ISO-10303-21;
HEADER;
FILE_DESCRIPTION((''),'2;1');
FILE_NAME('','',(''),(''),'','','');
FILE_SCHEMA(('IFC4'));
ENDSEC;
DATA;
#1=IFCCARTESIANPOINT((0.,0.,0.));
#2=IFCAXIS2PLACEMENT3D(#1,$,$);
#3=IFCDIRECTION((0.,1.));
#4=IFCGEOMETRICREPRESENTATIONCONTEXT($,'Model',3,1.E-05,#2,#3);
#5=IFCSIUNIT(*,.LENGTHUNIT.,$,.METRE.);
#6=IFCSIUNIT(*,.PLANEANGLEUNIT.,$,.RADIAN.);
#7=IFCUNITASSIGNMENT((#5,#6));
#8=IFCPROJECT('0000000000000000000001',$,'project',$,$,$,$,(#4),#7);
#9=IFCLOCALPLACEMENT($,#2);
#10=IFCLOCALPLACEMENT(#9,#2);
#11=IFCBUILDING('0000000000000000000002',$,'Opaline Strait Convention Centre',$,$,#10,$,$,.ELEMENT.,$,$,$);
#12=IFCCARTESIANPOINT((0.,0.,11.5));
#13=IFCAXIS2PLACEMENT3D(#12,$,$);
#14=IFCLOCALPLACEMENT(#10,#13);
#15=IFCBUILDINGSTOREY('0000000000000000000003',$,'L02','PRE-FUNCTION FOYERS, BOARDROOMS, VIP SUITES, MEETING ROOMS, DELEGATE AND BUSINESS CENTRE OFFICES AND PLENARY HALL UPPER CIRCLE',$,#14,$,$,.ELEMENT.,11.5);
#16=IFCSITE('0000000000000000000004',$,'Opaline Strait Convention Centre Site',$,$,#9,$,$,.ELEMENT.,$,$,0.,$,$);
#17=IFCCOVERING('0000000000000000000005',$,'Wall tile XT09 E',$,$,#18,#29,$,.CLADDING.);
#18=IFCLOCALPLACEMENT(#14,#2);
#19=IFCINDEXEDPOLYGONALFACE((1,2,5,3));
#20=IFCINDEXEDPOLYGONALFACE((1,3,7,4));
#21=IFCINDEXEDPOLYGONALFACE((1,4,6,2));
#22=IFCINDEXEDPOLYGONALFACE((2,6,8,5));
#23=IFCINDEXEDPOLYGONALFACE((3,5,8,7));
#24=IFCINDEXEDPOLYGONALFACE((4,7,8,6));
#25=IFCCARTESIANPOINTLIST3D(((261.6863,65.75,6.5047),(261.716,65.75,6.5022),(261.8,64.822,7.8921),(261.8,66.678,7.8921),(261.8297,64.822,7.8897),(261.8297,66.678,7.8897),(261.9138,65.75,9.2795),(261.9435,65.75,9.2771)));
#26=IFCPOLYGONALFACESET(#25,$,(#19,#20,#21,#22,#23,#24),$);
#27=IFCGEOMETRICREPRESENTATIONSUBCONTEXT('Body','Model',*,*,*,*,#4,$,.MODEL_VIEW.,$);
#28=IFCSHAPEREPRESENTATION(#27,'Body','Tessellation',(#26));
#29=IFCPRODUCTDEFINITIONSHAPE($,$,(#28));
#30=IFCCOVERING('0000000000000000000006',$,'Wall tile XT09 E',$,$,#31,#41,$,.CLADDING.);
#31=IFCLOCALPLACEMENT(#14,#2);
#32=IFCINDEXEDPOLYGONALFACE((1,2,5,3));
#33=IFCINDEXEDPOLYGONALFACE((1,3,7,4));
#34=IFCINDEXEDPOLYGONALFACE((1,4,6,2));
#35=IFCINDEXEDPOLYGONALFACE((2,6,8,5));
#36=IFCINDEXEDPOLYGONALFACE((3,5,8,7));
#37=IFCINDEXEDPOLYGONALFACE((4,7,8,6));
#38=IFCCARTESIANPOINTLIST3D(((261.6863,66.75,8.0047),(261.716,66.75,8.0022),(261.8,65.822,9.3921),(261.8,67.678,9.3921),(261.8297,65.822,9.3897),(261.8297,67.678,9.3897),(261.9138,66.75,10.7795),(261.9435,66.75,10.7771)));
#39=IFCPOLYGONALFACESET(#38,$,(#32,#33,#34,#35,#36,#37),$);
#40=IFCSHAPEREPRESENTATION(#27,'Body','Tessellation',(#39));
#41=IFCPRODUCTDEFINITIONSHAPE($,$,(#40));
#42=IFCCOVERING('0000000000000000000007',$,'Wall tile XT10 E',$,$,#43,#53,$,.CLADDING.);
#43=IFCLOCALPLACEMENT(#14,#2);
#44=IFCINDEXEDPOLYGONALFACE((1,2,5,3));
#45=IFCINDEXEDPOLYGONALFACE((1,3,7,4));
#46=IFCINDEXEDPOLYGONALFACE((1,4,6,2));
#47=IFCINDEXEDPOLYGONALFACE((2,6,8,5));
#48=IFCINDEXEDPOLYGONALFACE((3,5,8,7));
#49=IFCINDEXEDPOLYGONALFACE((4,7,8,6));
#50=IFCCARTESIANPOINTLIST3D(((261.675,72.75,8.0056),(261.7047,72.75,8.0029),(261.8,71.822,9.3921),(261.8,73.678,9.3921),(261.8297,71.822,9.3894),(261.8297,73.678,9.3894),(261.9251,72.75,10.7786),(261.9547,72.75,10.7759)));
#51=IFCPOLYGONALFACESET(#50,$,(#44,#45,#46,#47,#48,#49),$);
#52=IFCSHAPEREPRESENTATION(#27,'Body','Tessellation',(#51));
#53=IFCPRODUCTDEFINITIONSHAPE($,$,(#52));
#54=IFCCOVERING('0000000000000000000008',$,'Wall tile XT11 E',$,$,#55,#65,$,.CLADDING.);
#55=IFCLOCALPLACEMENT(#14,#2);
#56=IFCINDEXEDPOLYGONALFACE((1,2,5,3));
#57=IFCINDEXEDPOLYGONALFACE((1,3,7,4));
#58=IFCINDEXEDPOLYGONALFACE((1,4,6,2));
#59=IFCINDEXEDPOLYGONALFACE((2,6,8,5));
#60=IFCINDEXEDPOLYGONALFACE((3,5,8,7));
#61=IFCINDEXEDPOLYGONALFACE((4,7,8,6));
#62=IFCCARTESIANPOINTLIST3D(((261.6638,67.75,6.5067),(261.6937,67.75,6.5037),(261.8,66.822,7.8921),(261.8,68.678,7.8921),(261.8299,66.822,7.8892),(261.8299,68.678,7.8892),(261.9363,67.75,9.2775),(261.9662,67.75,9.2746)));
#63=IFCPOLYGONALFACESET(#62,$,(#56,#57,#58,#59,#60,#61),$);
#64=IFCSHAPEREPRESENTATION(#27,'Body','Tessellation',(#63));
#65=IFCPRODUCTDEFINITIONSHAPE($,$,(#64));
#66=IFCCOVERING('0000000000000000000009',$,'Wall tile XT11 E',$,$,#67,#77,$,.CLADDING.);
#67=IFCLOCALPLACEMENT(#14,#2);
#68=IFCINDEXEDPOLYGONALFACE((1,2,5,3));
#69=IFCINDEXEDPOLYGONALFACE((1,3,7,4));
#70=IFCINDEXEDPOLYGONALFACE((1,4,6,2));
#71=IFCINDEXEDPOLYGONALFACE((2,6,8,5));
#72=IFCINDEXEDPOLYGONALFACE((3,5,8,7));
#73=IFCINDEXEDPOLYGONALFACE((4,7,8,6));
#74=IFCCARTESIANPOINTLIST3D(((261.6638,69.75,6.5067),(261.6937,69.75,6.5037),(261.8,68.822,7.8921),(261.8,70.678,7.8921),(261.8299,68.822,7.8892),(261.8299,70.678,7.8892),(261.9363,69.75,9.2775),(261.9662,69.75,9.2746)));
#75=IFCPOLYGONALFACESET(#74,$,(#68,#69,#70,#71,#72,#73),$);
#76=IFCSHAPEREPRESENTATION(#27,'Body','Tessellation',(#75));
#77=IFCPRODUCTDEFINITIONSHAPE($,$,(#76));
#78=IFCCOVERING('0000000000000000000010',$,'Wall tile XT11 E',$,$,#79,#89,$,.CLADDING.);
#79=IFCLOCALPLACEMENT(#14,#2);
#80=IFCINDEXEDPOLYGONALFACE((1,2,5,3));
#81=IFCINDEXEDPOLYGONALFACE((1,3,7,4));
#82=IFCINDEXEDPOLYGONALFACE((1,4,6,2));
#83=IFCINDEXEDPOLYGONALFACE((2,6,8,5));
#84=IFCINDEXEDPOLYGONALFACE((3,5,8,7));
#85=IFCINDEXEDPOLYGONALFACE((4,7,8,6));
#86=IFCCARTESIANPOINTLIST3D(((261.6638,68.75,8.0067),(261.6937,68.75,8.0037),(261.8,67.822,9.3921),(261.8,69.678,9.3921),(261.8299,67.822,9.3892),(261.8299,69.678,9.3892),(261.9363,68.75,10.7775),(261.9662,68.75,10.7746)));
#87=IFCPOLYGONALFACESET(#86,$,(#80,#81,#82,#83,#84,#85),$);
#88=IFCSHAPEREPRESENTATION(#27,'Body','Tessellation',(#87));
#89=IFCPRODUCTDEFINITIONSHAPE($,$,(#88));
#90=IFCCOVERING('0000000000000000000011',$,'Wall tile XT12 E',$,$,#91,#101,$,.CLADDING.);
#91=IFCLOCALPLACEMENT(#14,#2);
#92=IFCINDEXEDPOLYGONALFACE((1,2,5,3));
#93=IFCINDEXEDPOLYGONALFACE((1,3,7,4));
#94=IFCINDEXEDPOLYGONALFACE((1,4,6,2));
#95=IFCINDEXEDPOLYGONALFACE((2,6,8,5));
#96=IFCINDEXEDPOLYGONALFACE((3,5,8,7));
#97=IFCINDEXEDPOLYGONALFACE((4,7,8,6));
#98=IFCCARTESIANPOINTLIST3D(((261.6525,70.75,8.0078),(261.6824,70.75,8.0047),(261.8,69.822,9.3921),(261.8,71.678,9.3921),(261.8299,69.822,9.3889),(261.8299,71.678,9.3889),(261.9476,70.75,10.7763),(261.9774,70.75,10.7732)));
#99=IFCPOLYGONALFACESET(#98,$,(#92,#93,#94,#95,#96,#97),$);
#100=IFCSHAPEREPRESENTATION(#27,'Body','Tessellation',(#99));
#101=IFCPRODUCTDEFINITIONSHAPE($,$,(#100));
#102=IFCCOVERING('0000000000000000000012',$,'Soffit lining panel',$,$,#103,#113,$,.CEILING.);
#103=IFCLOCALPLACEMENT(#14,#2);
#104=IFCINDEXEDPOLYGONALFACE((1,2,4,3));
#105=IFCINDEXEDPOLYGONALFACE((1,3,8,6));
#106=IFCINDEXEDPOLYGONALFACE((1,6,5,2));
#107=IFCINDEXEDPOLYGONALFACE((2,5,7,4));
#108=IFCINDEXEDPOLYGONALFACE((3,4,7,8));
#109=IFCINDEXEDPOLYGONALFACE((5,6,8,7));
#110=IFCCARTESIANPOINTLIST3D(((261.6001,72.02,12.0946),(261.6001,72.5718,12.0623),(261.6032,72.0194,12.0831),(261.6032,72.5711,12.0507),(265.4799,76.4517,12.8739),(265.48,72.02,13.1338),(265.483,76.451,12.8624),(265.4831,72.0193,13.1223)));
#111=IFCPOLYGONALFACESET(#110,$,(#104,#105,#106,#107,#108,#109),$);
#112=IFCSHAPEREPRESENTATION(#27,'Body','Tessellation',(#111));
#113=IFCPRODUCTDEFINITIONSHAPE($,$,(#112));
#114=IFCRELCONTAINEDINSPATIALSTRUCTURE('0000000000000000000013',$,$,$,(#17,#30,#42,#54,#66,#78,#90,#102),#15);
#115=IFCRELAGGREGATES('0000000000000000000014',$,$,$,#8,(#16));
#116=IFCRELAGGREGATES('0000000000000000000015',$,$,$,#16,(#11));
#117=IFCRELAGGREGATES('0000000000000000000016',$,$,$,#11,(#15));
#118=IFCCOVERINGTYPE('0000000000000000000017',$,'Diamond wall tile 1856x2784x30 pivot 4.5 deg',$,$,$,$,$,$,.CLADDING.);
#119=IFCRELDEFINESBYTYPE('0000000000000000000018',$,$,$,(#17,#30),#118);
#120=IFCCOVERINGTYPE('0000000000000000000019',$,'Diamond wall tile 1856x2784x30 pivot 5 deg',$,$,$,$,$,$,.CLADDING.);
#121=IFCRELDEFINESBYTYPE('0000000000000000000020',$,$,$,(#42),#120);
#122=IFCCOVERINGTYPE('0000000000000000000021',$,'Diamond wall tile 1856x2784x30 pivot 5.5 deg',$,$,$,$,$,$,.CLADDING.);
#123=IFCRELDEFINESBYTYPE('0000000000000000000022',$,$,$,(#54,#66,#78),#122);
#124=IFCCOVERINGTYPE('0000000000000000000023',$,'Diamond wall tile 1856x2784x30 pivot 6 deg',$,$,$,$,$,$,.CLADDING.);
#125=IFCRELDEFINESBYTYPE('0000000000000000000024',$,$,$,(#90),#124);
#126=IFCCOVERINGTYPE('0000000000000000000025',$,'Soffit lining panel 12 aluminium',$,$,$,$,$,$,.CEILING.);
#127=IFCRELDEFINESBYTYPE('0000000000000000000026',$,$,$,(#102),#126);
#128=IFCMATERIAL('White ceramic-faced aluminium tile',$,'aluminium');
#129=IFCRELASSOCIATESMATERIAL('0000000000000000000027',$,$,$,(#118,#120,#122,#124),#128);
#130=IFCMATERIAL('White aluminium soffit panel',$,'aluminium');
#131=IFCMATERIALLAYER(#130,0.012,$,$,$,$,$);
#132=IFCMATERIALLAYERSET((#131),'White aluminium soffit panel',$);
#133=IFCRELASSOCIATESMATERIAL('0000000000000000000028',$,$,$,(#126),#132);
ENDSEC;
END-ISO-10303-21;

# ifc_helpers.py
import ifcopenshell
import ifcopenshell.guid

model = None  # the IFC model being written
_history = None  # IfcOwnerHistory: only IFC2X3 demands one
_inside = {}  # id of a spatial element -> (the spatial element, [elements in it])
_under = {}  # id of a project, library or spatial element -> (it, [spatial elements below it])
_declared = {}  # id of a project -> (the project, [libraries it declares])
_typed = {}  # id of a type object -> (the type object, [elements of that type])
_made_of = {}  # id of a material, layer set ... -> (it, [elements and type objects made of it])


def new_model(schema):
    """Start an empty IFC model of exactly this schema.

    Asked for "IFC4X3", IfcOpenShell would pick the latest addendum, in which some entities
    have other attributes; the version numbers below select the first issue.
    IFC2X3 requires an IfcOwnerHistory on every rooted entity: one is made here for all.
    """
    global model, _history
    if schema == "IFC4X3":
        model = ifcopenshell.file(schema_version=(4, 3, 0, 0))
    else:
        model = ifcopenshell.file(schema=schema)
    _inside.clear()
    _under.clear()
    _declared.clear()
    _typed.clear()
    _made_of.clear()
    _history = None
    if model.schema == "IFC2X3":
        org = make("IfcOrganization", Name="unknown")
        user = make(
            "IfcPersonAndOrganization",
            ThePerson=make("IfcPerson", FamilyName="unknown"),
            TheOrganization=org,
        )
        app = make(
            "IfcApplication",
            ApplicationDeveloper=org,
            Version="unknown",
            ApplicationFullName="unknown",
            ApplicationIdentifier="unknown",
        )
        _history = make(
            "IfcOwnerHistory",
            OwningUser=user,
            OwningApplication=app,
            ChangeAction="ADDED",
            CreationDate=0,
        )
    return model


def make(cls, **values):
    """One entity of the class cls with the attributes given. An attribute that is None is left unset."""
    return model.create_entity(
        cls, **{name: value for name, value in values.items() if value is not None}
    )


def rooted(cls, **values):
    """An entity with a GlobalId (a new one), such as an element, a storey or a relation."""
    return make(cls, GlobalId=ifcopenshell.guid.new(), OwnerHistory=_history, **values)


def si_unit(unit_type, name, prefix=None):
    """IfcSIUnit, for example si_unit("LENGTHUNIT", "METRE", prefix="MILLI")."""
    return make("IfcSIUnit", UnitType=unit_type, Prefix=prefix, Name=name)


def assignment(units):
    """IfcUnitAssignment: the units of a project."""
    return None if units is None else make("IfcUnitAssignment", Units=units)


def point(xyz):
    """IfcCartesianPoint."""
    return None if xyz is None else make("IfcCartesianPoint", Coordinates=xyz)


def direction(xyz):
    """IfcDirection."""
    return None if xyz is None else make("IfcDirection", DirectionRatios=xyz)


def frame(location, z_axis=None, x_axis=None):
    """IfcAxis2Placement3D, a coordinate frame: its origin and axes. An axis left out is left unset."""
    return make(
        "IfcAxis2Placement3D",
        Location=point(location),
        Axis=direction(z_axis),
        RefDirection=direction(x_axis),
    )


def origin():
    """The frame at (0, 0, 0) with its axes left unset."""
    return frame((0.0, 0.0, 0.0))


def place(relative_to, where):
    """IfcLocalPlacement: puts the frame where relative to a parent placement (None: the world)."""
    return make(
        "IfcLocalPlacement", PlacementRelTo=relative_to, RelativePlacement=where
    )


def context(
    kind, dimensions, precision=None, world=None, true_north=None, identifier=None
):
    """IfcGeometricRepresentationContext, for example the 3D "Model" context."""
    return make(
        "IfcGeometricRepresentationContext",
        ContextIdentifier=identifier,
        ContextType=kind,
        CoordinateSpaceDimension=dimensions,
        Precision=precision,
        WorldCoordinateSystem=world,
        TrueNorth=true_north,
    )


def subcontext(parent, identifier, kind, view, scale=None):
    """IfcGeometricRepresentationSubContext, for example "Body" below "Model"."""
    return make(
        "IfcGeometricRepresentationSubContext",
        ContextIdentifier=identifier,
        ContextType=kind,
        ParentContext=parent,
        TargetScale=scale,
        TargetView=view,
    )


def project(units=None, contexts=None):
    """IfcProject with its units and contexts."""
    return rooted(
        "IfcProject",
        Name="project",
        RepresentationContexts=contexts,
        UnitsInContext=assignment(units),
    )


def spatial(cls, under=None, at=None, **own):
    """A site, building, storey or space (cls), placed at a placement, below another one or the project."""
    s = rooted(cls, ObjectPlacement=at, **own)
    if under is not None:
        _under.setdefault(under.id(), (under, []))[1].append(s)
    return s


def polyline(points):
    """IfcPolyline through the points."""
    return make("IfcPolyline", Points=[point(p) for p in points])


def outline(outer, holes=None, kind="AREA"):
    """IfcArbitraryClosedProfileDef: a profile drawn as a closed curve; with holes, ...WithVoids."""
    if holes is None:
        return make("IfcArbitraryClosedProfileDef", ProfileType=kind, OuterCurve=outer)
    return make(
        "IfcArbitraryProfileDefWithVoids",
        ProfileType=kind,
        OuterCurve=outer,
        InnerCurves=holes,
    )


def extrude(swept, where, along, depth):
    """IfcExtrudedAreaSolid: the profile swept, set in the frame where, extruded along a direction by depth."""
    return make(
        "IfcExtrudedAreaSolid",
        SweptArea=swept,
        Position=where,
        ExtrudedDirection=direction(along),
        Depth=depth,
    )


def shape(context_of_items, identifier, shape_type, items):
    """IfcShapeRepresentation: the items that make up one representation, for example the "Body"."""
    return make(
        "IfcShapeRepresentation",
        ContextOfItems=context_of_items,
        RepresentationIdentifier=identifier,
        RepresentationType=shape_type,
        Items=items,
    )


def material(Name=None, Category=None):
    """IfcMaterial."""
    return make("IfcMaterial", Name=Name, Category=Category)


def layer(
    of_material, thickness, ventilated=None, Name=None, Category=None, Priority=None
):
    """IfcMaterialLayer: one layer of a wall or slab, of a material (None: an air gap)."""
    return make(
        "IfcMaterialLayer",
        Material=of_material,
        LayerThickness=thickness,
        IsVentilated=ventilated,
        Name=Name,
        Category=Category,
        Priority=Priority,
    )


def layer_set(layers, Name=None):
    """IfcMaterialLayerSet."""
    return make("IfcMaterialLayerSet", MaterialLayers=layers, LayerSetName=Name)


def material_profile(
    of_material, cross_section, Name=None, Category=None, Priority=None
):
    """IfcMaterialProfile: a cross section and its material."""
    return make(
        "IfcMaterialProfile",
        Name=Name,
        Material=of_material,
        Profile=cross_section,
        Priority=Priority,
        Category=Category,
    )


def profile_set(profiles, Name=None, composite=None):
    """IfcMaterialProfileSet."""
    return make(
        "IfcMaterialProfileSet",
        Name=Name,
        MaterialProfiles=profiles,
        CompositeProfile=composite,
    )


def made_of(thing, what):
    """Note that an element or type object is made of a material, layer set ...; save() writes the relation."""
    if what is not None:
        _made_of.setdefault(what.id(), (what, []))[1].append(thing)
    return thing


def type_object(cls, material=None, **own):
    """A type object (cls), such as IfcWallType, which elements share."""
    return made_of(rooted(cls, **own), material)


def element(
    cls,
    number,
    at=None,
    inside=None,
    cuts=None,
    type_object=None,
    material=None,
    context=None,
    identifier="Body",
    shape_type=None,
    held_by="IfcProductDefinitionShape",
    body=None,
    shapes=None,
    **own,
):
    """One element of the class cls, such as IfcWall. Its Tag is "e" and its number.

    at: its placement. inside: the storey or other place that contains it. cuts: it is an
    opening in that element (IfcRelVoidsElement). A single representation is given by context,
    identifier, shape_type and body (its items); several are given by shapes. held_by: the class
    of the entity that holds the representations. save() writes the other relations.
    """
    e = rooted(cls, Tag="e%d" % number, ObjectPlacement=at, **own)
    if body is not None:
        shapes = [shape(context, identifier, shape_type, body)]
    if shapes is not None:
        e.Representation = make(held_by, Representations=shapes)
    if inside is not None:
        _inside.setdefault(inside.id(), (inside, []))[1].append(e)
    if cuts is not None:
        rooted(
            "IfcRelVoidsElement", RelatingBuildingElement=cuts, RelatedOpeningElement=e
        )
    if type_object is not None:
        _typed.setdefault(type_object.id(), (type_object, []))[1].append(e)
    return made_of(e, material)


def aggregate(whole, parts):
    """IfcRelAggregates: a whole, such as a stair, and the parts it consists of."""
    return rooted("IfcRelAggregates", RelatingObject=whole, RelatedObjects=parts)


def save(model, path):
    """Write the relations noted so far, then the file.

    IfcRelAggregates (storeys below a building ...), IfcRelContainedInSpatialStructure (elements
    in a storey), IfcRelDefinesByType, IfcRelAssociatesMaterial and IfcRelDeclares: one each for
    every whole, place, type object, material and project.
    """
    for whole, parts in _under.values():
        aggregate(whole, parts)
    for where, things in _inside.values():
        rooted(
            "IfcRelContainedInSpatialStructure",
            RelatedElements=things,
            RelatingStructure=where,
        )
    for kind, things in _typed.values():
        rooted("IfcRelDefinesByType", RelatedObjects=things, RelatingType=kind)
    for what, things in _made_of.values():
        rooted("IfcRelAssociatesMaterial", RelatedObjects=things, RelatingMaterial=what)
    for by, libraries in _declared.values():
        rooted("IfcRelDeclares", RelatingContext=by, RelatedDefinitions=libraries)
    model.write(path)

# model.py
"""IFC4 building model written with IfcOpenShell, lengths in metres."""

from ifc_helpers import new_model, si_unit, direction, frame, origin, place, context, subcontext, project, spatial, polyline, outline, extrude, material, layer, layer_set, material_profile, profile_set, type_object, element, save


model = new_model("IFC4")

# Units and contexts
model_context = context("Model", 3, precision=1e-05, world=origin(), true_north=direction((0.0, 1.0)))
body_context = subcontext(model_context, "Body", "Model", "MODEL_VIEW")
ifc_project = project(units=[si_unit("LENGTHUNIT", "METRE"), si_unit("PLANEANGLEUNIT", "RADIAN")], contexts=[model_context])

# Site, building, storey
site_placement = place(None, origin())
site = spatial("IfcSite", under=ifc_project, at=site_placement, Name="Opaline Strait Convention Centre Site", CompositionType="ELEMENT", RefElevation=0.0)
building_placement = place(site_placement, origin())
building = spatial("IfcBuilding", under=site, at=building_placement, Name="Opaline Strait Convention Centre", CompositionType="ELEMENT")
storey_placement = place(building_placement, frame((0.0, 0.0, 11.5)))
storey = spatial("IfcBuildingStorey", under=building, at=storey_placement, Name="L02", Description="PRE-FUNCTION FOYERS, BOARDROOMS, VIP SUITES, MEETING ROOMS, DELEGATE AND BUSINESS CENTRE OFFICES AND PLENARY HALL UPPER CIRCLE", CompositionType="ELEMENT", Elevation=11.5)

# Coverings
ifc_material_1 = material(Name="White ceramic-faced aluminium tile", Category="aluminium")
ifc_material_profile_1 = material_profile(ifc_material_1, outline(polyline([(0.928, 0.0), (0.0, 1.3921), (-0.928, 0.0), (0.0, -1.3921), (0.928, 0.0)])), Name="Diamond tile 1856x2784")
ifc_profile_set_1 = profile_set([ifc_material_profile_1], Name="White ceramic-faced aluminium tile")
covering_type_1 = type_object("IfcCoveringType", Name="Diamond wall tile 1856x2784x30 pivot 4.5 deg", PredefinedType="CLADDING", material=ifc_profile_set_1)
for number, where, z_axis, x_axis, name in (
    (1, (261.8, 65.75, 7.8921), (0.996658, 0.0, -0.081693), (0.0, 1.0, 0.0), "Wall tile XT09 E"),
    (2, (261.8, 66.75, 9.3921), (0.996658, 0.0, -0.081693), (0.0, 1.0, 0.0), "Wall tile XT09 E"),
):
    element("IfcCovering", number, at=place(storey_placement, frame(where, z_axis=z_axis, x_axis=x_axis)), inside=storey, type_object=covering_type_1, Name=name, PredefinedType="CLADDING", context=body_context, shape_type="SweptSolid", body=[
        extrude(outline(polyline([(0.928, 0.0), (0.0, 1.3921), (-0.928, 0.0), (0.0, -1.3921), (0.928, 0.0)])), origin(), (0.0, 0.0, 1.0), 0.0298),
    ])
ifc_material_profile_2 = material_profile(ifc_material_1, outline(polyline([(0.928, 0.0), (0.0, 1.3921), (-0.928, 0.0), (0.0, -1.3921), (0.928, 0.0)])), Name="Diamond tile 1856x2784")
ifc_profile_set_2 = profile_set([ifc_material_profile_2], Name="White ceramic-faced aluminium tile")
covering_type_2 = type_object("IfcCoveringType", Name="Diamond wall tile 1856x2784x30 pivot 5 deg", PredefinedType="CLADDING", material=ifc_profile_set_2)
covering_1_placement = place(storey_placement, frame((261.8, 72.75, 9.3921), z_axis=(0.99596, 0.0, -0.0898), x_axis=(0.0, 1.0, 0.0)))
element("IfcCovering", 3, at=covering_1_placement, inside=storey, type_object=covering_type_2, Name="Wall tile XT10 E", PredefinedType="CLADDING", context=body_context, shape_type="SweptSolid", body=[
    extrude(outline(polyline([(0.928, 0.0), (0.0, 1.3921), (-0.928, 0.0), (0.0, -1.3921), (0.928, 0.0)])), origin(), (0.0, 0.0, 1.0), 0.0298),
])
ifc_material_profile_3 = material_profile(ifc_material_1, outline(polyline([(0.928, 0.0), (0.0, 1.3921), (-0.928, 0.0), (0.0, -1.3921), (0.928, 0.0)])), Name="Diamond tile 1856x2784")
ifc_profile_set_3 = profile_set([ifc_material_profile_3], Name="White ceramic-faced aluminium tile")
covering_type_3 = type_object("IfcCoveringType", Name="Diamond wall tile 1856x2784x30 pivot 5.5 deg", PredefinedType="CLADDING", material=ifc_profile_set_3)
for number, where, z_axis, x_axis, name in (
    (4, (261.8, 67.75, 7.8921), (0.995197, 0.0, -0.097888), (0.0, 1.0, 0.0), "Wall tile XT11 E"),
    (5, (261.8, 69.75, 7.8921), (0.995197, 0.0, -0.097888), (0.0, 1.0, 0.0), "Wall tile XT11 E"),
    (6, (261.8, 68.75, 9.3921), (0.995197, 0.0, -0.097888), (0.0, 1.0, 0.0), "Wall tile XT11 E"),
):
    element("IfcCovering", number, at=place(storey_placement, frame(where, z_axis=z_axis, x_axis=x_axis)), inside=storey, type_object=covering_type_3, Name=name, PredefinedType="CLADDING", context=body_context, shape_type="SweptSolid", body=[
        extrude(outline(polyline([(0.928, 0.0), (0.0, 1.3921), (-0.928, 0.0), (0.0, -1.3921), (0.928, 0.0)])), origin(), (0.0, 0.0, 1.0), 0.03),
    ])
ifc_material_profile_4 = material_profile(ifc_material_1, outline(polyline([(0.928, 0.0), (0.0, 1.3921), (-0.928, 0.0), (0.0, -1.3921), (0.928, 0.0)])), Name="Diamond tile 1856x2784")
ifc_profile_set_4 = profile_set([ifc_material_profile_4], Name="White ceramic-faced aluminium tile")
covering_type_4 = type_object("IfcCoveringType", Name="Diamond wall tile 1856x2784x30 pivot 6 deg", PredefinedType="CLADDING", material=ifc_profile_set_4)
covering_2_placement = place(storey_placement, frame((261.8, 70.75, 9.3921), z_axis=(0.994371, 0.0, -0.105958), x_axis=(0.0, 1.0, 0.0)))
element("IfcCovering", 7, at=covering_2_placement, inside=storey, type_object=covering_type_4, Name="Wall tile XT12 E", PredefinedType="CLADDING", context=body_context, shape_type="SweptSolid", body=[
    extrude(outline(polyline([(0.928, 0.0), (0.0, 1.3921), (-0.928, 0.0), (0.0, -1.3921), (0.928, 0.0)])), origin(), (0.0, 0.0, 1.0), 0.03),
])
ifc_material_2 = material(Name="White aluminium soffit panel", Category="aluminium")
ifc_layer_1 = layer(ifc_material_2, 0.012)
ifc_layer_set_1 = layer_set([ifc_layer_1], Name="White aluminium soffit panel")
covering_type_5 = type_object("IfcCoveringType", Name="Soffit lining panel 12 aluminium", PredefinedType="CEILING", material=ifc_layer_set_1)
covering_3_placement = place(storey_placement, frame((265.48, 72.02, 13.1338), z_axis=(-0.258304, 0.056555, 0.964407), x_axis=(-0.965953, 0.000002, -0.258718)))
element("IfcCovering", 8, at=covering_3_placement, inside=storey, type_object=covering_type_5, Name="Soffit lining panel", PredefinedType="CEILING", context=body_context, shape_type="SweptSolid", body=[
    extrude(outline(polyline([(0.0, 0.0), (4.0167, 0.0), (4.025, -0.5526), (0.0673, -4.4388), (0.0, 0.0)])), origin(), (0.0, 0.0, -1.0), 0.012),
])

save(model, "model.ifc")
